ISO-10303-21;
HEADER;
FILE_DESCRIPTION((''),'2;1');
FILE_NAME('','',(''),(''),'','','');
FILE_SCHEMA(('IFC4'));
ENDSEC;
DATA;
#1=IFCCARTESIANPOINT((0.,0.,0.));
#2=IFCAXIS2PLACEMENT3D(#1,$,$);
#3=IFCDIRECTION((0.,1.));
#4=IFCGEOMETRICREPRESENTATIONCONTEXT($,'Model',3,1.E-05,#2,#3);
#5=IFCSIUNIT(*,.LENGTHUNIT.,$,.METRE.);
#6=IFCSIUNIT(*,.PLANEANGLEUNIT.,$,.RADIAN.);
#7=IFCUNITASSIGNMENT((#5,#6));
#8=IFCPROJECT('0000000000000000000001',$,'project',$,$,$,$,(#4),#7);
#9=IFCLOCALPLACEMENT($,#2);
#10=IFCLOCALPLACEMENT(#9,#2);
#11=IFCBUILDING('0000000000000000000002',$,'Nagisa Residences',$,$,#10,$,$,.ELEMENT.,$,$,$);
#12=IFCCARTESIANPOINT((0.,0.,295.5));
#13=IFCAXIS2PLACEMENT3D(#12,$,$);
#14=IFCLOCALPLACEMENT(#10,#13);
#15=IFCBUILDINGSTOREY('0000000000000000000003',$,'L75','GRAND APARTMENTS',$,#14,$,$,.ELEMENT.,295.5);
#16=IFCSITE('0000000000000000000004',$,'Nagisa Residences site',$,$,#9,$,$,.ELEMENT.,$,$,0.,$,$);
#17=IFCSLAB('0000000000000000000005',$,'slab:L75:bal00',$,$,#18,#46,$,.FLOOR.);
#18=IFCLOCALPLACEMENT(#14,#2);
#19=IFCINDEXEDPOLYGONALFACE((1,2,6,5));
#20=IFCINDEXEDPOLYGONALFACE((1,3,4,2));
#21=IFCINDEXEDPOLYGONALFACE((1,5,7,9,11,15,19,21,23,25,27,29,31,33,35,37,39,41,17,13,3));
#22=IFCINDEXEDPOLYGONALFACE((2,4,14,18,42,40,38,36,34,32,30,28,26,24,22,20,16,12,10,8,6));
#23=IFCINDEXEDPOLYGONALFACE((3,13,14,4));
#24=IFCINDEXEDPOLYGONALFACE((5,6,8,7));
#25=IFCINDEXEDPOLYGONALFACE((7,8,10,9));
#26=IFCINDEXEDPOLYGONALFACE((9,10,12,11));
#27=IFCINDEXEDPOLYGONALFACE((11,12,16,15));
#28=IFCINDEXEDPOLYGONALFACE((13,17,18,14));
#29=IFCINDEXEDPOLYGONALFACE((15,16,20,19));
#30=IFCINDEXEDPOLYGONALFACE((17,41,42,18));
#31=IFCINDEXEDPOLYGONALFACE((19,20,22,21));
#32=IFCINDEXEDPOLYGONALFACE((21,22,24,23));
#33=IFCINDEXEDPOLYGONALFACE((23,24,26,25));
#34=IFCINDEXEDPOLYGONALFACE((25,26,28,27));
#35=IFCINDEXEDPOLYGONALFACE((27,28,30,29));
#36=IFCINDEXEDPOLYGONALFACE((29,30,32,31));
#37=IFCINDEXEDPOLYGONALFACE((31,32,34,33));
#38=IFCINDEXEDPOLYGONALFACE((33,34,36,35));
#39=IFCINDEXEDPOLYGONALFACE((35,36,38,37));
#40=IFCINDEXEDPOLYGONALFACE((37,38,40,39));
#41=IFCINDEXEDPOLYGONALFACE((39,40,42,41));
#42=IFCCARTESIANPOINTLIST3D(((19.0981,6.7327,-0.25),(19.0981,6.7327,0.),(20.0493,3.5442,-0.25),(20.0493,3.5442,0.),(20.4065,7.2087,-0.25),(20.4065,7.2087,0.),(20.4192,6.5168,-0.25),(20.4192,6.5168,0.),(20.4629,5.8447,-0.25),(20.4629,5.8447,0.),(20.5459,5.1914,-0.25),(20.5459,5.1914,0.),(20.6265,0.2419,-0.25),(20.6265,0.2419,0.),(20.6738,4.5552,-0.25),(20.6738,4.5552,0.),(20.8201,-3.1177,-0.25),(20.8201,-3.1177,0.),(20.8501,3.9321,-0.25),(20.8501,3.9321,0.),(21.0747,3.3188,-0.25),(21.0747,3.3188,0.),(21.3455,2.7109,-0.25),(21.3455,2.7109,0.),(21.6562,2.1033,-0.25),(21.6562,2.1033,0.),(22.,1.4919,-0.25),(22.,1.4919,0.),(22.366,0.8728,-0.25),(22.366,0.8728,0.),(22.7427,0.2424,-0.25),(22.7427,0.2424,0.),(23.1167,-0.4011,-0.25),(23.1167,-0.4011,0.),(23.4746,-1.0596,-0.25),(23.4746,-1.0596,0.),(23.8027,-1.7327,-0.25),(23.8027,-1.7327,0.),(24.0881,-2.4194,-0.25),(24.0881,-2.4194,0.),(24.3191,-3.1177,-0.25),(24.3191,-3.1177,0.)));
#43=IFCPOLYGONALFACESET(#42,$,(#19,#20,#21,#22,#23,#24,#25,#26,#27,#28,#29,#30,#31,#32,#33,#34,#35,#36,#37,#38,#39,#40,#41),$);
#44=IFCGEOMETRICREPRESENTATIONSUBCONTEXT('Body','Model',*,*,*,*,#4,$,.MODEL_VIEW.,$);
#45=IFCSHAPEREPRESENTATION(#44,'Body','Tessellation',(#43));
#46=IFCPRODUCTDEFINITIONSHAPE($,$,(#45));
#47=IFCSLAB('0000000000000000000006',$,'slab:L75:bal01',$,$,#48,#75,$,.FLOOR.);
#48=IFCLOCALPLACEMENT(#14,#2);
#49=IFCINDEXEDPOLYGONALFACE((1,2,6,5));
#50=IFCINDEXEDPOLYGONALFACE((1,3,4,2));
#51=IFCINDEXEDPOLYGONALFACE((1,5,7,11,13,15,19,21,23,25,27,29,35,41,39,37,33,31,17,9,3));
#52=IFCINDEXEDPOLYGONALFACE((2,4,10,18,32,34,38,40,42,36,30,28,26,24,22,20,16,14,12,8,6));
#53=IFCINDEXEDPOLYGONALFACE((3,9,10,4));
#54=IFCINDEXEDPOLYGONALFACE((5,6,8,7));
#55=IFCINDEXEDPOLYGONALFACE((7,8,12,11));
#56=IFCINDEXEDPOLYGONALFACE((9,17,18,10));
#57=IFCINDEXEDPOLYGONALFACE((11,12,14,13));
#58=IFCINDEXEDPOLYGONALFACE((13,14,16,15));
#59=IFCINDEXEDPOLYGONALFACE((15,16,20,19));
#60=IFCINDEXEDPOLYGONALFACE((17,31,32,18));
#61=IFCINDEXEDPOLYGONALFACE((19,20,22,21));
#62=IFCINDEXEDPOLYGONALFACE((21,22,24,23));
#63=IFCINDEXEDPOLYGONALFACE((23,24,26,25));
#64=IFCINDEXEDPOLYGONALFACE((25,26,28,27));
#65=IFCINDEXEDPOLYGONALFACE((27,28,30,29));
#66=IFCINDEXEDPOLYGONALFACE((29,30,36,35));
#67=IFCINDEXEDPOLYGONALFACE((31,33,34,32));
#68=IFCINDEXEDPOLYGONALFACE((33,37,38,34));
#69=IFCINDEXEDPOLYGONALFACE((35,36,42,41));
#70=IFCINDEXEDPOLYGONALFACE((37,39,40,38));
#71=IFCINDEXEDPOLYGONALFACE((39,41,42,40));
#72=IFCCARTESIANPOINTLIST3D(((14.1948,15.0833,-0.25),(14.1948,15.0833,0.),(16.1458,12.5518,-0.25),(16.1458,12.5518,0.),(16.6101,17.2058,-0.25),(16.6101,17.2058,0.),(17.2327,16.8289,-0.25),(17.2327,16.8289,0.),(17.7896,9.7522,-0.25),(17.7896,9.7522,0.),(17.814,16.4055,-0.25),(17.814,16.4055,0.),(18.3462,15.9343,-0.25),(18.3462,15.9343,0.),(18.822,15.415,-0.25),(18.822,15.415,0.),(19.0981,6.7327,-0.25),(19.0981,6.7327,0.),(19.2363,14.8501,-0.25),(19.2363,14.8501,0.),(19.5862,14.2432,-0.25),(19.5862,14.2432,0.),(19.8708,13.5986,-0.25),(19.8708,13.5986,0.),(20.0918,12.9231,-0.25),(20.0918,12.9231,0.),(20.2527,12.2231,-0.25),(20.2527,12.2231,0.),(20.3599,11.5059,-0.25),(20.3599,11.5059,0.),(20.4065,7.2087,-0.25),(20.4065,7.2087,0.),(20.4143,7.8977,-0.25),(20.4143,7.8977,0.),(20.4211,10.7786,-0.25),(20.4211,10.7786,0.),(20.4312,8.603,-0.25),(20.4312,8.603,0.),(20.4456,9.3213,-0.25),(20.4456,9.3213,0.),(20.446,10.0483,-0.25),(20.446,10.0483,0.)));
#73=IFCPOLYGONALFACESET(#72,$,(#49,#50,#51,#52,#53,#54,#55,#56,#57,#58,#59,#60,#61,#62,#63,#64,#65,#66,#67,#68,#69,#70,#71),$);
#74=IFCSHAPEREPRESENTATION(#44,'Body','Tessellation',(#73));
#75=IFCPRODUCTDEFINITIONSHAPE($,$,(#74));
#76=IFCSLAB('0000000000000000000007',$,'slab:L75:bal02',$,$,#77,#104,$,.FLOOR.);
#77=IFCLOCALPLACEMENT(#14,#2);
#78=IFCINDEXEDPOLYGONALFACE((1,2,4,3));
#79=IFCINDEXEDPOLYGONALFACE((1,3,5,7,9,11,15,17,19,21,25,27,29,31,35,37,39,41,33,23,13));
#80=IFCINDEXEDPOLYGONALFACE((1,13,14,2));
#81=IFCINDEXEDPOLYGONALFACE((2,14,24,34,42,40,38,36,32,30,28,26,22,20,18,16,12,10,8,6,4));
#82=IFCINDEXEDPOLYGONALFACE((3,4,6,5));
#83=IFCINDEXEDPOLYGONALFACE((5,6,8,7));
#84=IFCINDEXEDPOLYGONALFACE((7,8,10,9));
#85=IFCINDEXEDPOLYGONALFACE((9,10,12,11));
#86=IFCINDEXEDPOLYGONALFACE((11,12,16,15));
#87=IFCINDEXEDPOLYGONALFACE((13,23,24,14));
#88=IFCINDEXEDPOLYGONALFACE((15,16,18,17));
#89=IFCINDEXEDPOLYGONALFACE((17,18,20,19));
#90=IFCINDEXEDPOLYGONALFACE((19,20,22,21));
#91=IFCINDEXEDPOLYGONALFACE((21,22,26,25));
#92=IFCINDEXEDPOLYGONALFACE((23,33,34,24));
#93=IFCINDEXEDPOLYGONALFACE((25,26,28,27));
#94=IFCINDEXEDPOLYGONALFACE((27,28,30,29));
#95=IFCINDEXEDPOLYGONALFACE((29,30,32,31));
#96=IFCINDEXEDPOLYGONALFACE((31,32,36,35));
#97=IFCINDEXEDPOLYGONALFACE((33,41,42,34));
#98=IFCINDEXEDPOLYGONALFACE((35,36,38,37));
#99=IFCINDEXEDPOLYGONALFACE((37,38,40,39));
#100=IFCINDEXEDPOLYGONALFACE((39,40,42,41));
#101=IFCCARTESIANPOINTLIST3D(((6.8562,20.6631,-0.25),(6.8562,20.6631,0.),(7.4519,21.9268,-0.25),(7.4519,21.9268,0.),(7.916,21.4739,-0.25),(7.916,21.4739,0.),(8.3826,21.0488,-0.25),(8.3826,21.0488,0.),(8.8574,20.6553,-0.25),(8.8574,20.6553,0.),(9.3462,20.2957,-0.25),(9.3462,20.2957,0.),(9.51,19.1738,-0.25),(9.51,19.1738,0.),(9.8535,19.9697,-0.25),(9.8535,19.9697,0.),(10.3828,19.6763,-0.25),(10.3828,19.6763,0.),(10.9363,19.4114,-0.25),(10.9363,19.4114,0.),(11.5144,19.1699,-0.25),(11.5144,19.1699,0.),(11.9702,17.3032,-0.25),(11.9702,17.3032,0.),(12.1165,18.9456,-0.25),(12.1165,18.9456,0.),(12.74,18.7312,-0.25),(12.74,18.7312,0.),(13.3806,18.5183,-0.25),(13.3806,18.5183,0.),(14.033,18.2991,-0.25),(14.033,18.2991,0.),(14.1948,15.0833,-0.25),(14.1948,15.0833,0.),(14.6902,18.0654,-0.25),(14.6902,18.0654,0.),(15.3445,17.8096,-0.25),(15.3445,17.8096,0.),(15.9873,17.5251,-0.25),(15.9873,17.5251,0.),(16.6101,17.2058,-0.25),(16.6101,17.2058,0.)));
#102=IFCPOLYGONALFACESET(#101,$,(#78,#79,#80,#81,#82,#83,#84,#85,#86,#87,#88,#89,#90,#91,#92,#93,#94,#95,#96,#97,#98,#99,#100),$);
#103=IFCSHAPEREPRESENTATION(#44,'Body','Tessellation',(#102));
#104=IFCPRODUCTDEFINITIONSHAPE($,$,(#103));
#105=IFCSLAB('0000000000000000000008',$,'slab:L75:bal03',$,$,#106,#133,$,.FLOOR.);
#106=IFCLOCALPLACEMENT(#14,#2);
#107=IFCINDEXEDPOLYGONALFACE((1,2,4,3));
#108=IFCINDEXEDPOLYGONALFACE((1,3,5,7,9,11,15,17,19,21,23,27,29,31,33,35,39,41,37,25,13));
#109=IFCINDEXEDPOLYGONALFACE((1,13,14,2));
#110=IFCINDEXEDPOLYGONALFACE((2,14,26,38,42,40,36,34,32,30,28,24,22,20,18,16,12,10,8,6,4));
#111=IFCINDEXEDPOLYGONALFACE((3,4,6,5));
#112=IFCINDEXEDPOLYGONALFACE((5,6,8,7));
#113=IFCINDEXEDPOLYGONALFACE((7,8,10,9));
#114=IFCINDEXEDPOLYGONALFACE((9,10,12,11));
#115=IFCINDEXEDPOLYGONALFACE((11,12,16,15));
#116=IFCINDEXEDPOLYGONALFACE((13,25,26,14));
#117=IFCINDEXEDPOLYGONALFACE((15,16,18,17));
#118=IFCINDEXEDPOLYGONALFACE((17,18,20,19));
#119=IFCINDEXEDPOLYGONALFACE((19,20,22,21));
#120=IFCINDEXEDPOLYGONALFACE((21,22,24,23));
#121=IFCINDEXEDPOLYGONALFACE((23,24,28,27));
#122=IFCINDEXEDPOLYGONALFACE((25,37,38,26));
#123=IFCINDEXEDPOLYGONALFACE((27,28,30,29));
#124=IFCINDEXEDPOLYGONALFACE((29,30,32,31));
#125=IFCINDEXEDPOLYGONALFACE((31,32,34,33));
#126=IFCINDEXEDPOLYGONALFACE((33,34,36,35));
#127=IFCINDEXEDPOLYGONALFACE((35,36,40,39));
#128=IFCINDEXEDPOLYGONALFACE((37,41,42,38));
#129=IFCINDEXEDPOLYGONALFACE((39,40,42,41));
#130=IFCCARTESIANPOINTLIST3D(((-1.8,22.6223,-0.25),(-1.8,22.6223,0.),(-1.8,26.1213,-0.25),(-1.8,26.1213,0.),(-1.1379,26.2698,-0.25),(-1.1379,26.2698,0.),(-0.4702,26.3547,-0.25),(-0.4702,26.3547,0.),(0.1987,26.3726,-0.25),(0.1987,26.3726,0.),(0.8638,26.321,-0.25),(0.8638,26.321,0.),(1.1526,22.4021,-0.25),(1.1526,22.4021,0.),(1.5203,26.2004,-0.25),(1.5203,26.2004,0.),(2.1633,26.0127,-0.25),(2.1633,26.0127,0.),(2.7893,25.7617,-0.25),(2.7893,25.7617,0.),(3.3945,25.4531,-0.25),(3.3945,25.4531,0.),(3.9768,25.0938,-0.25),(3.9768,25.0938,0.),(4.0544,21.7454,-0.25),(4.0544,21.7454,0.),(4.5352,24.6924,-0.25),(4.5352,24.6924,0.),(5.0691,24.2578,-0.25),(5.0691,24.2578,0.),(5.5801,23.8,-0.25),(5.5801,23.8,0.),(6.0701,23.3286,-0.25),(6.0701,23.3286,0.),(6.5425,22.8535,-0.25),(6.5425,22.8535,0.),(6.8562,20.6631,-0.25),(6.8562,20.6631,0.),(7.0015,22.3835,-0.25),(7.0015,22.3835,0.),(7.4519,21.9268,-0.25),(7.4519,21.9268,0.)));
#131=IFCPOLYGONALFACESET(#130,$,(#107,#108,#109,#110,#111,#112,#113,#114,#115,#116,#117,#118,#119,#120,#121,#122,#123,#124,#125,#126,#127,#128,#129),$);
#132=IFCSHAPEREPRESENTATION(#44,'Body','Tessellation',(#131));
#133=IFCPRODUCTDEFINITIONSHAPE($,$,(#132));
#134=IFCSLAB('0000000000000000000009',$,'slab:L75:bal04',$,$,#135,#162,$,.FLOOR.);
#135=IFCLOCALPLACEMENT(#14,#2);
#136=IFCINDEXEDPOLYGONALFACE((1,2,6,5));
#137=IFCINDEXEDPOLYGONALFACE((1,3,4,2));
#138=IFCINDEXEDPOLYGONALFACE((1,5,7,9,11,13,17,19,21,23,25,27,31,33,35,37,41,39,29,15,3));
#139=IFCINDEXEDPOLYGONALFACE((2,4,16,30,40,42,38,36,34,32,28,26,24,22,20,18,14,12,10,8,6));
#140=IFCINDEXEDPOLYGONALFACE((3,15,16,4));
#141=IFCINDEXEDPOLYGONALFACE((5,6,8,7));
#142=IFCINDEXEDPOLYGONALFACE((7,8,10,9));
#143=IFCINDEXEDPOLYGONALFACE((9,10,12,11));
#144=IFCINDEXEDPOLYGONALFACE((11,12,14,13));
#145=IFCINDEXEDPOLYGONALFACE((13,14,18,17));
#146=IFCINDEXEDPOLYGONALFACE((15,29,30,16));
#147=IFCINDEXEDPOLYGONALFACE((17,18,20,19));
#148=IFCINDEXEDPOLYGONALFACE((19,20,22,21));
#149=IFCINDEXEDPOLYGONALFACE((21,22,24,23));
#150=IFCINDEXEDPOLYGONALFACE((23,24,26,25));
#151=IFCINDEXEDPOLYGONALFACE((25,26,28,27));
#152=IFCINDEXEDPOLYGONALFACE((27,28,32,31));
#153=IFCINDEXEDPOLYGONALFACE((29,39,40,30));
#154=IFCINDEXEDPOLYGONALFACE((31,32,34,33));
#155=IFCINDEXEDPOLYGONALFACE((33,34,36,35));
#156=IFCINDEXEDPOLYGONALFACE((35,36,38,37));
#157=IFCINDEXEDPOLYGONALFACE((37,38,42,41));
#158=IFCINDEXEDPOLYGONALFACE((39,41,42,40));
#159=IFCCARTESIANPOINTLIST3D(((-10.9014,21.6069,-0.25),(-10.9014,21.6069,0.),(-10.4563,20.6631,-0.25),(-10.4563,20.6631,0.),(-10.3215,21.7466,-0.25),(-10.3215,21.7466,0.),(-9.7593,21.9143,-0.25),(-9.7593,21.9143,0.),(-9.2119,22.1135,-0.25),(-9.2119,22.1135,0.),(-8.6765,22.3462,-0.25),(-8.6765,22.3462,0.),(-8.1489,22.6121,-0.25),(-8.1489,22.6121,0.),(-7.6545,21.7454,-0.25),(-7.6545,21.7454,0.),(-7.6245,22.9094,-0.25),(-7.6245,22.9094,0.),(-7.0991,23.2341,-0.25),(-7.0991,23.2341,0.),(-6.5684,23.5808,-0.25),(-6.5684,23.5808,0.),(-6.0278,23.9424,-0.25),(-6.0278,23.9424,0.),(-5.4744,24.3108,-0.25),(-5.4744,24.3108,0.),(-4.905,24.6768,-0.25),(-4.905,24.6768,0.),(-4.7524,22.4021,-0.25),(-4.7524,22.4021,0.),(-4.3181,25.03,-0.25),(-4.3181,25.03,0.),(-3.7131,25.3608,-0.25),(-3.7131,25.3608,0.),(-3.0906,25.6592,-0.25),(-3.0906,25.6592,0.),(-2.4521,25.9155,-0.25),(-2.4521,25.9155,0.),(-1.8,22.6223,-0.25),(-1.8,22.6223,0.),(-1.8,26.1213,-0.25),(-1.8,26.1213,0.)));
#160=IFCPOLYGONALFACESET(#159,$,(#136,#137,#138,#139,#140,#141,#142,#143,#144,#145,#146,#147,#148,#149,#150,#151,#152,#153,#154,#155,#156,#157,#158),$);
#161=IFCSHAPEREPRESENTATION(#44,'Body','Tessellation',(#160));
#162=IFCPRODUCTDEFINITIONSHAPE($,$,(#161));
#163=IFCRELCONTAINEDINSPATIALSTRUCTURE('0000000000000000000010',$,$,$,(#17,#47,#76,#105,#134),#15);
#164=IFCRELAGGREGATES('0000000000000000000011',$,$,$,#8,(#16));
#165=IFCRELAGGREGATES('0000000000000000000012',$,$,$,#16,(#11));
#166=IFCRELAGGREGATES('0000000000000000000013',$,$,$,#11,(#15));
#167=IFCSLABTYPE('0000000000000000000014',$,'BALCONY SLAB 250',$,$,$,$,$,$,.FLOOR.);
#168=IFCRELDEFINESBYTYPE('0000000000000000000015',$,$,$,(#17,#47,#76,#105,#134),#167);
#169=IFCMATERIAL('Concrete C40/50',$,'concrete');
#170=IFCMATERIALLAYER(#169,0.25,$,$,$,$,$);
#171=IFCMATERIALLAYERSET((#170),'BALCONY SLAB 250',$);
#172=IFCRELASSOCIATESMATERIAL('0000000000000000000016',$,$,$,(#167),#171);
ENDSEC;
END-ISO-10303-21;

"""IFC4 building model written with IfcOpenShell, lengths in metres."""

from ifc_helpers import new_model, si_unit, direction, frame, origin, place, context, subcontext, project, spatial, polyline, outline, extrude, material, layer, layer_set, type_object, element, save


model = new_model("IFC4")

# Units and contexts
model_context = context("Model", 3, precision=1e-05, world=origin(), true_north=direction((0.0, 1.0)))
body_context = subcontext(model_context, "Body", "Model", "MODEL_VIEW")
ifc_project = project(units=[si_unit("LENGTHUNIT", "METRE"), si_unit("PLANEANGLEUNIT", "RADIAN")], contexts=[model_context])

# Site, building, storey
site_placement = place(None, origin())
site = spatial("IfcSite", under=ifc_project, at=site_placement, Name="Nagisa Residences site", CompositionType="ELEMENT", RefElevation=0.0)
building_placement = place(site_placement, origin())
building = spatial("IfcBuilding", under=site, at=building_placement, Name="Nagisa Residences", CompositionType="ELEMENT")
storey_placement = place(building_placement, frame((0.0, 0.0, 295.5)))
storey = spatial("IfcBuildingStorey", under=building, at=storey_placement, Name="L75", Description="GRAND APARTMENTS", CompositionType="ELEMENT", Elevation=295.5)

# Slabs
ifc_material_1 = material(Name="Concrete C40/50", Category="concrete")
ifc_layer_1 = layer(ifc_material_1, 0.25)
ifc_layer_set_1 = layer_set([ifc_layer_1], Name="BALCONY SLAB 250")
slab_type_1 = type_object("IfcSlabType", Name="BALCONY SLAB 250", PredefinedType="FLOOR", material=ifc_layer_set_1)
slab_1_placement = place(storey_placement, frame((0.0, 0.0, -0.25)))
element("IfcSlab", 1, at=slab_1_placement, inside=storey, type_object=slab_type_1, Name="slab:L75:bal00", PredefinedType="FLOOR", context=body_context, shape_type="SweptSolid", body=[
    extrude(outline(polyline([(24.3191, -3.1177), (24.0881, -2.4194), (23.8027, -1.7327), (23.4746, -1.0596), (23.1167, -0.4011), (22.7427, 0.2424), (22.366, 0.8728), (22.0, 1.4919), (21.6562, 2.1033), (21.3455, 2.7109), (21.0747, 3.3188), (20.8501, 3.9321), (20.6738, 4.5552), (20.5459, 5.1914), (20.4629, 5.8447), (20.4192, 6.5168), (20.4065, 7.2087), (19.0981, 6.7327), (20.0493, 3.5442), (20.6265, 0.2419), (20.8201, -3.1177), (24.3191, -3.1177)])), origin(), (0.0, 0.0, 1.0), 0.25),
])
slab_2_placement = place(storey_placement, frame((0.0, 0.0, -0.25)))
element("IfcSlab", 2, at=slab_2_placement, inside=storey, type_object=slab_type_1, Name="slab:L75:bal01", PredefinedType="FLOOR", context=body_context, shape_type="SweptSolid", body=[
    extrude(outline(polyline([(20.4065, 7.2087), (20.4143, 7.8977), (20.4312, 8.603), (20.4456, 9.3213), (20.446, 10.0483), (20.4211, 10.7786), (20.3599, 11.5059), (20.2527, 12.2231), (20.0918, 12.9231), (19.8708, 13.5986), (19.5862, 14.2432), (19.2363, 14.8501), (18.822, 15.415), (18.3462, 15.9343), (17.814, 16.4055), (17.2327, 16.8289), (16.6101, 17.2058), (14.1948, 15.0833), (16.1458, 12.5518), (17.7896, 9.7522), (19.0981, 6.7327), (20.4065, 7.2087)])), origin(), (0.0, 0.0, 1.0), 0.25),
])
slab_3_placement = place(storey_placement, frame((0.0, 0.0, -0.25)))
element("IfcSlab", 3, at=slab_3_placement, inside=storey, type_object=slab_type_1, Name="slab:L75:bal02", PredefinedType="FLOOR", context=body_context, shape_type="SweptSolid", body=[
    extrude(outline(polyline([(16.6101, 17.2058), (15.9873, 17.5251), (15.3445, 17.8096), (14.6902, 18.0654), (14.033, 18.2991), (13.3806, 18.5183), (12.74, 18.7312), (12.1165, 18.9456), (11.5144, 19.1699), (10.9363, 19.4114), (10.3828, 19.6763), (9.8535, 19.9697), (9.3462, 20.2957), (8.8574, 20.6553), (8.3826, 21.0488), (7.916, 21.4739), (7.4519, 21.9268), (6.8562, 20.6631), (9.51, 19.1738), (11.9702, 17.3032), (14.1948, 15.0833), (16.6101, 17.2058)])), origin(), (0.0, 0.0, 1.0), 0.25),
])
slab_4_placement = place(storey_placement, frame((0.0, 0.0, -0.25)))
element("IfcSlab", 4, at=slab_4_placement, inside=storey, type_object=slab_type_1, Name="slab:L75:bal03", PredefinedType="FLOOR", context=body_context, shape_type="SweptSolid", body=[
    extrude(outline(polyline([(7.4519, 21.9268), (7.0015, 22.3835), (6.5425, 22.8535), (6.0701, 23.3286), (5.5801, 23.8), (5.0691, 24.2578), (4.5352, 24.6924), (3.9768, 25.0938), (3.3945, 25.4531), (2.7893, 25.7617), (2.1633, 26.0127), (1.5203, 26.2004), (0.8638, 26.321), (0.1987, 26.3726), (-0.4702, 26.3547), (-1.1379, 26.2698), (-1.8, 26.1213), (-1.8, 22.6223), (1.1526, 22.4021), (4.0544, 21.7454), (6.8562, 20.6631), (7.4519, 21.9268)])), origin(), (0.0, 0.0, 1.0), 0.25),
])
slab_5_placement = place(storey_placement, frame((0.0, 0.0, -0.25)))
element("IfcSlab", 5, at=slab_5_placement, inside=storey, type_object=slab_type_1, Name="slab:L75:bal04", PredefinedType="FLOOR", context=body_context, shape_type="SweptSolid", body=[
    extrude(outline(polyline([(-1.8, 26.1213), (-2.4521, 25.9155), (-3.0906, 25.6592), (-3.7131, 25.3608), (-4.3181, 25.03), (-4.905, 24.6768), (-5.4744, 24.3108), (-6.0278, 23.9424), (-6.5684, 23.5808), (-7.0991, 23.2341), (-7.6245, 22.9094), (-8.1489, 22.6121), (-8.6765, 22.3462), (-9.2119, 22.1135), (-9.7593, 21.9143), (-10.3215, 21.7466), (-10.9014, 21.6069), (-10.4563, 20.6631), (-7.6545, 21.7454), (-4.7524, 22.4021), (-1.8, 22.6223), (-1.8, 26.1213)])), origin(), (0.0, 0.0, 1.0), 0.25),
])

save(model, "model.ifc")
